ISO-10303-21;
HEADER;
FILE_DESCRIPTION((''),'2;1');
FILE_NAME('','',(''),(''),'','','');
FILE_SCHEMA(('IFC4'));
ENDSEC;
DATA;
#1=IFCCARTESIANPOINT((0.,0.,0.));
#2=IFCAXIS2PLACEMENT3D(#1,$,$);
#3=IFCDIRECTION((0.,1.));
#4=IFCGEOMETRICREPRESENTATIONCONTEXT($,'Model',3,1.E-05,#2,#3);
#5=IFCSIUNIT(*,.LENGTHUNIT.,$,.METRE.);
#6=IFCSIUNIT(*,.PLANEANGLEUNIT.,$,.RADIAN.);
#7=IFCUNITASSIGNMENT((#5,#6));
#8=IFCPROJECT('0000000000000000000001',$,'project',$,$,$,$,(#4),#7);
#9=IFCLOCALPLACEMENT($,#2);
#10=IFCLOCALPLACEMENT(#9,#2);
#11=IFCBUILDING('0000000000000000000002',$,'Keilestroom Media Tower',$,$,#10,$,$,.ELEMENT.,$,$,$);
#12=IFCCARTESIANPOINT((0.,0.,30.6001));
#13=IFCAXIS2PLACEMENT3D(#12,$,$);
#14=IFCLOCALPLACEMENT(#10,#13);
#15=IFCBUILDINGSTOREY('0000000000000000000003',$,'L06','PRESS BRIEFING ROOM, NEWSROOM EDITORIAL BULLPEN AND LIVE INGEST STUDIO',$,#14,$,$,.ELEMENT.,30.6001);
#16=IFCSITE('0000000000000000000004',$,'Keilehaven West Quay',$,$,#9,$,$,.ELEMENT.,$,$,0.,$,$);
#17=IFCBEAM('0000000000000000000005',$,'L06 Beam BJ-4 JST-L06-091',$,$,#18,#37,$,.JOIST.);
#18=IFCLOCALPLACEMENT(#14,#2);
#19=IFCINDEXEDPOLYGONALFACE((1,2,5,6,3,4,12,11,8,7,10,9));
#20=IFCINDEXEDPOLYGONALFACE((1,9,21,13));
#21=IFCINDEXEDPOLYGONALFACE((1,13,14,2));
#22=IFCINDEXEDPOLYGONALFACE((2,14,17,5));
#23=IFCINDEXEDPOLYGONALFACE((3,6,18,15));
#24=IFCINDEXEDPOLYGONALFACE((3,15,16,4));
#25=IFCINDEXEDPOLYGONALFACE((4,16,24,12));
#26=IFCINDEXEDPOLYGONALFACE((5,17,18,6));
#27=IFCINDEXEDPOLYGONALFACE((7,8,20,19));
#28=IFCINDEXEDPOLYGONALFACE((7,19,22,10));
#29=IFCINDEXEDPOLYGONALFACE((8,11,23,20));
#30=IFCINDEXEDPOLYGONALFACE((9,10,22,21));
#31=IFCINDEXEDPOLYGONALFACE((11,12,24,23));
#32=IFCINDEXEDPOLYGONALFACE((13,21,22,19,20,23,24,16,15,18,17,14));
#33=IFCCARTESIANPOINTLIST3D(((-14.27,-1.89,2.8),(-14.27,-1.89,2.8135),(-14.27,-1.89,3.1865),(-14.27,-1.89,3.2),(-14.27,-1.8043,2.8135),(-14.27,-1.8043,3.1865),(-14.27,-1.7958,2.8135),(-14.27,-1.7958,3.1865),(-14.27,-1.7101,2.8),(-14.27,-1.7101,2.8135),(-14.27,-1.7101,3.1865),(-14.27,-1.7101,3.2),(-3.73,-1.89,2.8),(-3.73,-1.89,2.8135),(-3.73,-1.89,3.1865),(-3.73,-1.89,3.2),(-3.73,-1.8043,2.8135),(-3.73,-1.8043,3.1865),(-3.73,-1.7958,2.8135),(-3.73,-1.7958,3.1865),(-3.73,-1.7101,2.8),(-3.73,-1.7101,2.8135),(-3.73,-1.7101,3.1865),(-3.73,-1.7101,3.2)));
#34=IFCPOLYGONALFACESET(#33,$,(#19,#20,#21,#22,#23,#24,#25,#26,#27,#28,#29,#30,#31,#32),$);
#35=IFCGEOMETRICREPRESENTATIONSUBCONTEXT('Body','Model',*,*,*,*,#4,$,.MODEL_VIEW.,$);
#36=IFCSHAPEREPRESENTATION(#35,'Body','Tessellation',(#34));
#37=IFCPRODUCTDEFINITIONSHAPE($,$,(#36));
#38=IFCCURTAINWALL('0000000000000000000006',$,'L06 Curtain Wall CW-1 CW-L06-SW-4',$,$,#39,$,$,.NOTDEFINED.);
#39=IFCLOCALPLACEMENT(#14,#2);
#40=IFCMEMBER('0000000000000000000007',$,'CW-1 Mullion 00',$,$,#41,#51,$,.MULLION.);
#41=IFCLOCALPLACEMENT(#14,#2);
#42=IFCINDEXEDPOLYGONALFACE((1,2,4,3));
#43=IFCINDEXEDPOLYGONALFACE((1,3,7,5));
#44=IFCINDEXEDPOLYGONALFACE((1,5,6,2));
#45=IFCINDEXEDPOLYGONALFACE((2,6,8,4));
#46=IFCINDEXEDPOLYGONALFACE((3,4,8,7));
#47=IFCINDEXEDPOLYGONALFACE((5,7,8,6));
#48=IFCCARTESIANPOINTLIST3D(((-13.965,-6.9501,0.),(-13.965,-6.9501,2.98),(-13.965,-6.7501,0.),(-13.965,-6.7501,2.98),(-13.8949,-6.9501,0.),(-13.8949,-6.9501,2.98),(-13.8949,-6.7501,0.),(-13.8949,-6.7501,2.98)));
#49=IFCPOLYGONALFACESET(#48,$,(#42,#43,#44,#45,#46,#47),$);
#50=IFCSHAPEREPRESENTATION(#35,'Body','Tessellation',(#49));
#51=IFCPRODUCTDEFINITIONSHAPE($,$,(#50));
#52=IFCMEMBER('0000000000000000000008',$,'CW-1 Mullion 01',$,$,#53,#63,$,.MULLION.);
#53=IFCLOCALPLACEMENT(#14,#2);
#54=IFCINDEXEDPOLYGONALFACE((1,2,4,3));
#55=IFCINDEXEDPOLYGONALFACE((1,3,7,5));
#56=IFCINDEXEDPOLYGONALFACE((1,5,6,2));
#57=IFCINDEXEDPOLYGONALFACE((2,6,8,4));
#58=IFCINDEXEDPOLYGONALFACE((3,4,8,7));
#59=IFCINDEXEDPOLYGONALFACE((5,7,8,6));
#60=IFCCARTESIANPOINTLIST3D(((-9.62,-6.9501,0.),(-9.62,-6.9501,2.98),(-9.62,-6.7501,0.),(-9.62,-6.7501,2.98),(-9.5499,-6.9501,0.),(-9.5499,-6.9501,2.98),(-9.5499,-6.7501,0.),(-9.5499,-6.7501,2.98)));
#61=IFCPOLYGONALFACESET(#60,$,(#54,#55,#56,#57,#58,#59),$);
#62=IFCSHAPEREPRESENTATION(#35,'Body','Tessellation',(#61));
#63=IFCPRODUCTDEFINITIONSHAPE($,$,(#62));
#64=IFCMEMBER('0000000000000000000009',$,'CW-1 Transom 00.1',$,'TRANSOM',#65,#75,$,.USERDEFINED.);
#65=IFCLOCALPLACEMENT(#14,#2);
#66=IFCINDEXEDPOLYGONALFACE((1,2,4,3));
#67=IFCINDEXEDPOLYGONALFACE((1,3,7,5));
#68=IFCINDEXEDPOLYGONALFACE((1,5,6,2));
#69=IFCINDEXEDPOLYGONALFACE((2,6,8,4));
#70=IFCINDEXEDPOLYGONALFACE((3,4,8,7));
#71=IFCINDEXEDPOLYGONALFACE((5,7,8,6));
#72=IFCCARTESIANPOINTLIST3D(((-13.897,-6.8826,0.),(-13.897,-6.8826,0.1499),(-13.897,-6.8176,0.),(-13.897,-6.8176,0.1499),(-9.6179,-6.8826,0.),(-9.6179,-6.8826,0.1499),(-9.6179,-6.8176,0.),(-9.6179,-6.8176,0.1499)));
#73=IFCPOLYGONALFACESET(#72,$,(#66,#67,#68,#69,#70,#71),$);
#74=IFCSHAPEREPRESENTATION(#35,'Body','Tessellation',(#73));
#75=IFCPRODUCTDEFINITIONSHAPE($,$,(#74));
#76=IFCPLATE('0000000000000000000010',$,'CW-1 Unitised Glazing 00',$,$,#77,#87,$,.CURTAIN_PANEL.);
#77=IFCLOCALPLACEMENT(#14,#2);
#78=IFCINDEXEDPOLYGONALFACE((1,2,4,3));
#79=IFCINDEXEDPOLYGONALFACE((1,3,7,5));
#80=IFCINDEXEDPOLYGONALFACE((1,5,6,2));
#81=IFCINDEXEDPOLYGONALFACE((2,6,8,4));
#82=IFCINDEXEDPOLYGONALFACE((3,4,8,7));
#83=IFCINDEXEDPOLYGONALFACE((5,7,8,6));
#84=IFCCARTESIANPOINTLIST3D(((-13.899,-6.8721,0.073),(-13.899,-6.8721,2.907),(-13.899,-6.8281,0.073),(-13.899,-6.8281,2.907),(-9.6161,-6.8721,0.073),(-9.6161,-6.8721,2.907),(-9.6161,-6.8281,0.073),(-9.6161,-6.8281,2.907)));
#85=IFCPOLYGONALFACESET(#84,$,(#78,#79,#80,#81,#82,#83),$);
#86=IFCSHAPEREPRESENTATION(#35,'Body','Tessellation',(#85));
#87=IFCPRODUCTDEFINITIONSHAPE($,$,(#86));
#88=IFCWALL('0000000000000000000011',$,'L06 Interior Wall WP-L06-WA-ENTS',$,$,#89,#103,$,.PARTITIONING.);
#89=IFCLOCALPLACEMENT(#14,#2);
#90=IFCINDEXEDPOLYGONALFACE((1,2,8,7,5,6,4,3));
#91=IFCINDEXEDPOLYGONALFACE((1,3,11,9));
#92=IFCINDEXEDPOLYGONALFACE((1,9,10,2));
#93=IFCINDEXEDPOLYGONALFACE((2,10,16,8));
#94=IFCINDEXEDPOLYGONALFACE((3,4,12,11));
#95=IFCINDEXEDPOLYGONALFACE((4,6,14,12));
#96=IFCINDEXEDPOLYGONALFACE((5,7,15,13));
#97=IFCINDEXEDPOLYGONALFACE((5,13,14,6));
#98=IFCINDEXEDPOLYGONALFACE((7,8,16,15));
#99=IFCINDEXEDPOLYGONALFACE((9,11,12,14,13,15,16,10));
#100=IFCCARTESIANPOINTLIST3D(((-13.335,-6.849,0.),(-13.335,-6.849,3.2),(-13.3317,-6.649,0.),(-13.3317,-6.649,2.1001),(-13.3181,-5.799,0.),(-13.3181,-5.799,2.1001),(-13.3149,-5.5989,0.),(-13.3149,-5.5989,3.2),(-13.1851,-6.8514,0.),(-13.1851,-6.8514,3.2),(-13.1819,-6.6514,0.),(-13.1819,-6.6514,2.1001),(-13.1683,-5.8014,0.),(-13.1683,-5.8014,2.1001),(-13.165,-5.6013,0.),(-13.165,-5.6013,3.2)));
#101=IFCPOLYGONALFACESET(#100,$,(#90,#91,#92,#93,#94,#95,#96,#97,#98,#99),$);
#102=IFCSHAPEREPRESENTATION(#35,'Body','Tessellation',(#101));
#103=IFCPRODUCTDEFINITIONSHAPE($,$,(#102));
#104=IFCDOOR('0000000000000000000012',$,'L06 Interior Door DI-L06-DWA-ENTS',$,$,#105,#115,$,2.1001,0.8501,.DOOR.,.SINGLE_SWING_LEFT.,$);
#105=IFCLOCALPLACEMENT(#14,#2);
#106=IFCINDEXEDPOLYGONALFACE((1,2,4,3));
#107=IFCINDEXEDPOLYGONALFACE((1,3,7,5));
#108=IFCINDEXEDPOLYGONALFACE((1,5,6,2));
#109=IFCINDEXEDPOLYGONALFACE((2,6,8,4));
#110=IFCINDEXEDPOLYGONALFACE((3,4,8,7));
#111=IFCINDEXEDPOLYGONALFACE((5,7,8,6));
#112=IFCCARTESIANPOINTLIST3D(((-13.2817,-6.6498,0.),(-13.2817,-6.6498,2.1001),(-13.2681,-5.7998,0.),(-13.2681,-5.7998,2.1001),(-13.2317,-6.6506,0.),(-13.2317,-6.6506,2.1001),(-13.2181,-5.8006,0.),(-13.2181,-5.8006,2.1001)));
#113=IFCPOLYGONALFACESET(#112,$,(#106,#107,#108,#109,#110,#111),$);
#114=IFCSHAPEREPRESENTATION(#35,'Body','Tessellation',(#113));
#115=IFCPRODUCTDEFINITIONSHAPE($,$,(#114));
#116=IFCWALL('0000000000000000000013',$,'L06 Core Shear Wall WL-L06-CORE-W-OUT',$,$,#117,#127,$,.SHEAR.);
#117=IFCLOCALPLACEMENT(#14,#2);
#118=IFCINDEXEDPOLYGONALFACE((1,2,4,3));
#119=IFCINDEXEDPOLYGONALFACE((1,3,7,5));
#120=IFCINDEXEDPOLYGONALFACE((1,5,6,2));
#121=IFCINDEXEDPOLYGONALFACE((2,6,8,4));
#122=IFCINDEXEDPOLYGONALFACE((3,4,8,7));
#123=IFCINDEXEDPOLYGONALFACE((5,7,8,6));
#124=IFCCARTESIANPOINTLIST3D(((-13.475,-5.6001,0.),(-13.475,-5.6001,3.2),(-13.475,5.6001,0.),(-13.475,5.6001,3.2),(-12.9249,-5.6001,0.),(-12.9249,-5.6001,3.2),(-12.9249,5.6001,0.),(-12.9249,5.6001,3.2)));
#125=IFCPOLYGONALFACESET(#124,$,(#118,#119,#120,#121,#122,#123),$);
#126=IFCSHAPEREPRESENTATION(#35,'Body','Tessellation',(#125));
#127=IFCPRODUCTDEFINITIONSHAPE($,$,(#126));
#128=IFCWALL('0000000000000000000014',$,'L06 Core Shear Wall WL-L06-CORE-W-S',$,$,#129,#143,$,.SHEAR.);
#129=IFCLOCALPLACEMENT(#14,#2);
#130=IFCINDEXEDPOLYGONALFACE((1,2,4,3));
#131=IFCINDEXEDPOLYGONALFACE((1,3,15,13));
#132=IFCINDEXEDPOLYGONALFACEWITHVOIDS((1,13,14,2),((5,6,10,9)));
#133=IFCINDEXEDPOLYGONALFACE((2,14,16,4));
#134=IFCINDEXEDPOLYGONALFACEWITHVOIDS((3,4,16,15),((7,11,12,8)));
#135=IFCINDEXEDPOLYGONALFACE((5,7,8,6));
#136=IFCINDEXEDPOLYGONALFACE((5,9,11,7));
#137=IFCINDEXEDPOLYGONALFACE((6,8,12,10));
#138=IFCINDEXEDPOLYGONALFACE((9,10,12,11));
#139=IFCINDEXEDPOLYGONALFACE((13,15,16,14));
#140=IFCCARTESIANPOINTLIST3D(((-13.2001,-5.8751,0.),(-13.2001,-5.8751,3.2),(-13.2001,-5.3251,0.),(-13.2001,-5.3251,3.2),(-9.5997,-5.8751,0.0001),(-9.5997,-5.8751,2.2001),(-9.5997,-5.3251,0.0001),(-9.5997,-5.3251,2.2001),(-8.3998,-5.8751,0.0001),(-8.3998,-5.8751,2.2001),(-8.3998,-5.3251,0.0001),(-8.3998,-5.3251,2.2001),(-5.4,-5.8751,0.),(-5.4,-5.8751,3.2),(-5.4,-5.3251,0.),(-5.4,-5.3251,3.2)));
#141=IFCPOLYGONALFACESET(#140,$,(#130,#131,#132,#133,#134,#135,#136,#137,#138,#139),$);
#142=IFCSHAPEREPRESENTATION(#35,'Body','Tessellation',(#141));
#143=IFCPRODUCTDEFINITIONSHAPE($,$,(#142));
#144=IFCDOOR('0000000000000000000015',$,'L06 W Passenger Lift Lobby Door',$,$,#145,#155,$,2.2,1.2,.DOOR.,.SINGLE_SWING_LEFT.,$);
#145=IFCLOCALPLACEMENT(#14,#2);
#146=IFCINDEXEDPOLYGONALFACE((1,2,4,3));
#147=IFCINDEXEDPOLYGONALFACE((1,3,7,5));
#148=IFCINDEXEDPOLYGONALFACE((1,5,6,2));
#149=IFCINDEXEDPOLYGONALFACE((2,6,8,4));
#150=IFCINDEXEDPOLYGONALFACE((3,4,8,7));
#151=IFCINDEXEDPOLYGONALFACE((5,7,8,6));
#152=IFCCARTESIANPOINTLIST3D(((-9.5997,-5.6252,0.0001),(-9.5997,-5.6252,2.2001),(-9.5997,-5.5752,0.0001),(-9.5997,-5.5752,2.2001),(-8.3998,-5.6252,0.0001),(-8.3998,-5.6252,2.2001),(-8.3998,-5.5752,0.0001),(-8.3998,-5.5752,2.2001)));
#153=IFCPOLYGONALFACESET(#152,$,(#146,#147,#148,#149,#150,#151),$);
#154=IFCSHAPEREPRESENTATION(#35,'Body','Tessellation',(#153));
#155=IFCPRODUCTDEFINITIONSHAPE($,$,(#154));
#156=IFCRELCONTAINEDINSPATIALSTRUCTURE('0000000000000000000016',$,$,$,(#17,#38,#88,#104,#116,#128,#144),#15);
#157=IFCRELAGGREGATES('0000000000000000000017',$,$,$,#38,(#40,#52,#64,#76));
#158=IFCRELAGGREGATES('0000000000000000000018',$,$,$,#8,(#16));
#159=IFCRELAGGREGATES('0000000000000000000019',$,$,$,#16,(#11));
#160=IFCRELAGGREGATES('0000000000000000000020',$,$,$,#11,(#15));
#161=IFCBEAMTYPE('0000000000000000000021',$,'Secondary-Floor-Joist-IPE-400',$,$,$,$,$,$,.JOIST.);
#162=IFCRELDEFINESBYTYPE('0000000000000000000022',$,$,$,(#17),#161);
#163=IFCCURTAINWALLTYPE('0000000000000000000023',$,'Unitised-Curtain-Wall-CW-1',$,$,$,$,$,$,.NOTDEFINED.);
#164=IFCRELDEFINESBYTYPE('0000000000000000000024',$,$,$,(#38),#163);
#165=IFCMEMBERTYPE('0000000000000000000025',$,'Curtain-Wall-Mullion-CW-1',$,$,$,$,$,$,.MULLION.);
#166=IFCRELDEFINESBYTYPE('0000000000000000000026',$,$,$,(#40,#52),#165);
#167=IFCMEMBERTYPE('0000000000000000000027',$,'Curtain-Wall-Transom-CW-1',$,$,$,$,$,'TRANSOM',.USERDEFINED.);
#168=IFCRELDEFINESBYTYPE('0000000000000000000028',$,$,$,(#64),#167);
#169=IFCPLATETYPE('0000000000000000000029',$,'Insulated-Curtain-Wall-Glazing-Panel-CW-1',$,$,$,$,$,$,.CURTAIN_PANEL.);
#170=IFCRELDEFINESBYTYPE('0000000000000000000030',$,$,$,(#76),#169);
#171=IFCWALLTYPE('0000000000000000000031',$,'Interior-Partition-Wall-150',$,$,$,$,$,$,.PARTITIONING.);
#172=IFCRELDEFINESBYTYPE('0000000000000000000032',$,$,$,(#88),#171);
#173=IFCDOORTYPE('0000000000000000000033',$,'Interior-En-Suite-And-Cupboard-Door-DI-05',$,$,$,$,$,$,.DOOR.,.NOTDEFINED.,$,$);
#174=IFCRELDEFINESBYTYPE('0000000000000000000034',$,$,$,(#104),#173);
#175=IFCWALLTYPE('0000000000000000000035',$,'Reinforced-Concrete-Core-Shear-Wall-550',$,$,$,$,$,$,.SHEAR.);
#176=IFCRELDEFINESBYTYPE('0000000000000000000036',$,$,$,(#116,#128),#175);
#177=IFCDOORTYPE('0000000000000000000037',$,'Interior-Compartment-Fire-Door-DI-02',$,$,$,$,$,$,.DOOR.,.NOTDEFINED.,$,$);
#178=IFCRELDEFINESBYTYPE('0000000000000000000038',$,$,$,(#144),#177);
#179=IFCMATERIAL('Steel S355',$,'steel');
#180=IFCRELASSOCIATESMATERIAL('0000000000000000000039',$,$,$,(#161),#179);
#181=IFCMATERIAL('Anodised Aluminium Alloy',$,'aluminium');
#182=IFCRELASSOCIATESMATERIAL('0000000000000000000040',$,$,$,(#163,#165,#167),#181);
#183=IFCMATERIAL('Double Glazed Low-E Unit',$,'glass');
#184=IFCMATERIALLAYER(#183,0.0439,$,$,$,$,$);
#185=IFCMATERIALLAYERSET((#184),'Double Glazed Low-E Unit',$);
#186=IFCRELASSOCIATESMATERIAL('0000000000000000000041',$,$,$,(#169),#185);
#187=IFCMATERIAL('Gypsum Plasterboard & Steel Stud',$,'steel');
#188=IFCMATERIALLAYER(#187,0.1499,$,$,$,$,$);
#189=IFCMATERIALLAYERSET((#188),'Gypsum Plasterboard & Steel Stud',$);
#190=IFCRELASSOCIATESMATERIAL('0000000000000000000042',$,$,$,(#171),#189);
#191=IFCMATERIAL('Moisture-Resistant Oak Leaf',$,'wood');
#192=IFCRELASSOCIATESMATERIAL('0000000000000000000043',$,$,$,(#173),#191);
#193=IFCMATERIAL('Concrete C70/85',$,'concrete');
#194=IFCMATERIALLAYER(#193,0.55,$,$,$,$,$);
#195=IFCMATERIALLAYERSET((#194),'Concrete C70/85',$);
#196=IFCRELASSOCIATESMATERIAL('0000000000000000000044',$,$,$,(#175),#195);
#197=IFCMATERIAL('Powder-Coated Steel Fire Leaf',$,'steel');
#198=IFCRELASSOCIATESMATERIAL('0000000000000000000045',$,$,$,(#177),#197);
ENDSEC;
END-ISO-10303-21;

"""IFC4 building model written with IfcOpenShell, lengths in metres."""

from ifc_helpers import new_model, si_unit, direction, frame, frame_2d, origin, origin_2d, place, context, subcontext, project, spatial, rectangle, i_section, extrude, source, transform, mapped, material, layer, layer_set, material_profile, profile_set, type_object, element, fill, aggregate, save


model = new_model("IFC4")

# Units and contexts
model_context = context("Model", 3, precision=1e-05, world=origin(), true_north=direction((0.0, 1.0)))
body_context = subcontext(model_context, "Body", "Model", "MODEL_VIEW")
ifc_project = project(units=[si_unit("LENGTHUNIT", "METRE"), si_unit("PLANEANGLEUNIT", "RADIAN")], contexts=[model_context])

# Site, building, storey
site_placement = place(None, origin())
site = spatial("IfcSite", under=ifc_project, at=site_placement, Name="Keilehaven West Quay", CompositionType="ELEMENT", RefElevation=0.0)
building_placement = place(site_placement, origin())
building = spatial("IfcBuilding", under=site, at=building_placement, Name="Keilestroom Media Tower", CompositionType="ELEMENT")
storey_placement = place(building_placement, frame((0.0, 0.0, 30.6001)))
storey = spatial("IfcBuildingStorey", under=building, at=storey_placement, Name="L06", Description="PRESS BRIEFING ROOM, NEWSROOM EDITORIAL BULLPEN AND LIVE INGEST STUDIO", CompositionType="ELEMENT", Elevation=30.6001)

# Beam
ifc_material_1 = material(Name="Steel S355", Category="steel")
ifc_material_profile_1 = material_profile(ifc_material_1, i_section(OverallWidth=0.1799, OverallDepth=0.3999, WebThickness=0.0085, FlangeThickness=0.0134, at=origin_2d()), Name="IPE 400")
ifc_profile_set_1 = profile_set([ifc_material_profile_1], Name="Steel S355")
beam_type = type_object("IfcBeamType", Name="Secondary-Floor-Joist-IPE-400", PredefinedType="JOIST", material=ifc_profile_set_1)
shared_shape_1 = source(origin(), body_context, "Body", "SweptSolid", [
    extrude(i_section(OverallWidth=0.1799, OverallDepth=0.3999, WebThickness=0.0085, FlangeThickness=0.0134, at=origin_2d()), origin(), (0.0, 0.0, 1.0), 10.54),
])
beam_placement = place(storey_placement, frame((-14.27, -1.8, 3.0), z_axis=(1.0, 0.0, 0.0), x_axis=(0.0, 1.0, 0.0)))
element("IfcBeam", 1, at=beam_placement, inside=storey, type_object=beam_type, Name="L06 Beam BJ-4 JST-L06-091", PredefinedType="JOIST", context=body_context, shape_type="MappedRepresentation", body=[
    mapped(shared_shape_1, transform((0.0, 0.0, 0.0), x_axis=(1.0, 0.0, 0.0), y_axis=(0.0, 1.0, 0.0), z_axis=(0.0, 0.0, 1.0), scale=1.0)),
])

# Curtain wall, members, plate
ifc_material_2 = material(Name="Anodised Aluminium Alloy", Category="aluminium")
curtain_wall_type = type_object("IfcCurtainWallType", Name="Unitised-Curtain-Wall-CW-1", PredefinedType="NOTDEFINED", material=ifc_material_2)
curtain_wall_placement = place(storey_placement, origin())
curtain_wall = element("IfcCurtainWall", 2, at=curtain_wall_placement, inside=storey, type_object=curtain_wall_type, Name="L06 Curtain Wall CW-1 CW-L06-SW-4", PredefinedType="NOTDEFINED")
ifc_material_profile_2 = material_profile(ifc_material_2, rectangle(XDim=0.0701, YDim=0.2, at=origin_2d()), Name="ALU MULLION 70x200")
ifc_profile_set_2 = profile_set([ifc_material_profile_2], Name="Anodised Aluminium Alloy")
member_type_1 = type_object("IfcMemberType", Name="Curtain-Wall-Mullion-CW-1", PredefinedType="MULLION", material=ifc_profile_set_2)
shared_shape_2 = source(origin(), body_context, "Body", "SweptSolid", [
    extrude(rectangle(XDim=0.0701, YDim=0.2, at=origin_2d()), origin(), (0.0, 0.0, 1.0), 2.98),
])
member_1_placement = place(storey_placement, frame((-13.9299, -6.8501, 0.0), z_axis=(0.0, 0.0, 1.0), x_axis=(1.0, 0.0, 0.0)))
member_1 = element("IfcMember", 3, at=member_1_placement, type_object=member_type_1, Name="CW-1 Mullion 00", PredefinedType="MULLION", context=body_context, shape_type="MappedRepresentation", body=[
    mapped(shared_shape_2, transform((0.0, 0.0, 0.0), x_axis=(1.0, 0.0, 0.0), y_axis=(0.0, 1.0, 0.0), z_axis=(0.0, 0.0, 1.0), scale=1.0)),
])
member_2_placement = place(storey_placement, frame((-9.585, -6.8501, 0.0), z_axis=(0.0, 0.0, 1.0), x_axis=(1.0, 0.0, 0.0)))
member_2 = element("IfcMember", 4, at=member_2_placement, type_object=member_type_1, Name="CW-1 Mullion 01", PredefinedType="MULLION", context=body_context, shape_type="MappedRepresentation", body=[
    mapped(shared_shape_2, transform((0.0, 0.0, 0.0), x_axis=(1.0, 0.0, 0.0), y_axis=(0.0, 1.0, 0.0), z_axis=(0.0, 0.0, 1.0), scale=1.0)),
])
ifc_material_profile_3 = material_profile(ifc_material_2, rectangle(XDim=0.0649, YDim=0.1499, at=origin_2d()), Name="ALU TRANSOM 65x150")
ifc_profile_set_3 = profile_set([ifc_material_profile_3], Name="Anodised Aluminium Alloy")
member_type_2 = type_object("IfcMemberType", Name="Curtain-Wall-Transom-CW-1", ElementType="TRANSOM", PredefinedType="USERDEFINED", material=ifc_profile_set_3)
shared_shape_3 = source(origin(), body_context, "Body", "SweptSolid", [
    extrude(rectangle(XDim=0.0649, YDim=0.1499, at=origin_2d()), origin(), (0.0, 0.0, 1.0), 4.2791),
])
member_3_placement = place(storey_placement, frame((-13.897, -6.8501, 0.075), z_axis=(1.0, 0.0, 0.0), x_axis=(0.0, 1.0, 0.0)))
member_3 = element("IfcMember", 5, at=member_3_placement, type_object=member_type_2, Name="CW-1 Transom 00.1", ObjectType="TRANSOM", PredefinedType="USERDEFINED", context=body_context, shape_type="MappedRepresentation", body=[
    mapped(shared_shape_3, transform((0.0, 0.0, 0.0), x_axis=(1.0, 0.0, 0.0), y_axis=(0.0, 1.0, 0.0), z_axis=(0.0, 0.0, 1.0), scale=1.0)),
])
ifc_material_3 = material(Name="Double Glazed Low-E Unit", Category="glass")
ifc_layer_1 = layer(ifc_material_3, 0.0439)
ifc_layer_set_1 = layer_set([ifc_layer_1], Name="Double Glazed Low-E Unit")
plate_type = type_object("IfcPlateType", Name="Insulated-Curtain-Wall-Glazing-Panel-CW-1", PredefinedType="CURTAIN_PANEL", material=ifc_layer_set_1)
shared_shape_4 = source(origin(), body_context, "Body", "SweptSolid", [
    extrude(rectangle(XDim=4.283, YDim=0.0439, at=origin_2d()), origin(), (0.0, 0.0, 1.0), 2.834),
])
plate_placement = place(storey_placement, frame((-11.7576, -6.8501, 0.073), z_axis=(0.0, 0.0, 1.0), x_axis=(1.0, 0.0, 0.0)))
plate = element("IfcPlate", 6, at=plate_placement, type_object=plate_type, Name="CW-1 Unitised Glazing 00", PredefinedType="CURTAIN_PANEL", context=body_context, shape_type="MappedRepresentation", body=[
    mapped(shared_shape_4, transform((0.0, 0.0, 0.0), x_axis=(1.0, 0.0, 0.0), y_axis=(0.0, 1.0, 0.0), z_axis=(0.0, 0.0, 1.0), scale=1.0)),
])
aggregate(curtain_wall, [member_1, member_2, member_3, plate])

# Wall, opening, door
ifc_material_4 = material(Name="Gypsum Plasterboard & Steel Stud", Category="steel")
ifc_layer_2 = layer(ifc_material_4, 0.1499)
ifc_layer_set_2 = layer_set([ifc_layer_2], Name="Gypsum Plasterboard & Steel Stud")
wall_type_1 = type_object("IfcWallType", Name="Interior-Partition-Wall-150", PredefinedType="PARTITIONING", material=ifc_layer_set_2)
wall_1_placement = place(storey_placement, frame((-13.26, -6.8501, 0.0), z_axis=(0.0, 0.0, 1.0), x_axis=(0.016014, 0.999872, 0.0)))
wall_1 = element("IfcWall", 7, at=wall_1_placement, inside=storey, type_object=wall_type_1, Name="L06 Interior Wall WP-L06-WA-ENTS", PredefinedType="PARTITIONING", context=body_context, shape_type="SweptSolid", body=[
    extrude(rectangle(XDim=1.2502, YDim=0.1499, at=frame_2d((0.625, 0.0))), origin(), (0.0, 0.0, 1.0), 3.2),
])
opening_1_placement = place(wall_1_placement, frame((0.2, 0.0, 0.0)))
opening_1 = element("IfcOpeningElement", 8, at=opening_1_placement, cuts=wall_1, PredefinedType="OPENING", context=body_context, shape_type="SweptSolid", body=[
    extrude(rectangle(XDim=0.8501, YDim=2.1001, at=frame_2d((0.425, 1.05))), frame((0.0, 0.085, 0.0), z_axis=(0.0, -1.0, 0.0), x_axis=(1.0, 0.0, 0.0)), (0.0, 0.0, 1.0), 0.1699),
])
ifc_material_5 = material(Name="Moisture-Resistant Oak Leaf", Category="wood")
door_type_1 = type_object("IfcDoorType", Name="Interior-En-Suite-And-Cupboard-Door-DI-05", OperationType="NOTDEFINED", PredefinedType="DOOR", material=ifc_material_5)
shared_shape_5 = source(origin(), body_context, "Body", "SweptSolid", [
    extrude(rectangle(XDim=0.8501, YDim=2.1001, at=frame_2d((0.425, 1.05))), frame((0.0, 0.0249, 0.0), z_axis=(0.0, -1.0, 0.0), x_axis=(1.0, 0.0, 0.0)), (0.0, 0.0, 1.0), 0.05),
])
door_1_placement = place(opening_1_placement, origin())
door_1 = element("IfcDoor", 9, at=door_1_placement, inside=storey, type_object=door_type_1, Name="L06 Interior Door DI-L06-DWA-ENTS", OperationType="SINGLE_SWING_LEFT", OverallHeight=2.1001, OverallWidth=0.8501, PredefinedType="DOOR", context=body_context, shape_type="MappedRepresentation", body=[
    mapped(shared_shape_5, transform((0.0, 0.0, 0.0), x_axis=(1.0, 0.0, 0.0), y_axis=(0.0, 1.0, 0.0), z_axis=(0.0, 0.0, 1.0), scale=1.0)),
])
fill(opening_1, door_1)

# Wall
ifc_material_6 = material(Name="Concrete C70/85", Category="concrete")
ifc_layer_3 = layer(ifc_material_6, 0.55)
ifc_layer_set_3 = layer_set([ifc_layer_3], Name="Concrete C70/85")
wall_type_2 = type_object("IfcWallType", Name="Reinforced-Concrete-Core-Shear-Wall-550", PredefinedType="SHEAR", material=ifc_layer_set_3)
wall_2_placement = place(storey_placement, frame((-13.2, -5.6001, 0.0), z_axis=(0.0, 0.0, 1.0), x_axis=(0.0, 1.0, 0.0)))
element("IfcWall", 10, at=wall_2_placement, inside=storey, type_object=wall_type_2, Name="L06 Core Shear Wall WL-L06-CORE-W-OUT", PredefinedType="SHEAR", context=body_context, shape_type="SweptSolid", body=[
    extrude(rectangle(XDim=11.2002, YDim=0.55, at=frame_2d((5.6001, 0.0))), origin(), (0.0, 0.0, 1.0), 3.2),
])

# Wall, opening, door
wall_3_placement = place(storey_placement, frame((-13.2, -5.6001, 0.0), z_axis=(0.0, 0.0, 1.0), x_axis=(1.0, 0.0, 0.0)))
wall_3 = element("IfcWall", 11, at=wall_3_placement, inside=storey, type_object=wall_type_2, Name="L06 Core Shear Wall WL-L06-CORE-W-S", PredefinedType="SHEAR", context=body_context, shape_type="SweptSolid", body=[
    extrude(rectangle(XDim=7.8, YDim=0.55, at=frame_2d((3.8999, 0.0))), origin(), (0.0, 0.0, 1.0), 3.2),
])
opening_2_placement = place(wall_3_placement, frame((3.6001, 0.0, 0.0)))
opening_2 = element("IfcOpeningElement", 12, at=opening_2_placement, cuts=wall_3, PredefinedType="OPENING", context=body_context, shape_type="SweptSolid", body=[
    extrude(rectangle(XDim=1.2, YDim=2.2, at=frame_2d((0.6001, 1.1001))), frame((0.0, 0.2852, 0.0), z_axis=(0.0, -1.0, 0.0), x_axis=(1.0, 0.0, 0.0)), (0.0, 0.0, 1.0), 0.5701),
])
ifc_material_7 = material(Name="Powder-Coated Steel Fire Leaf", Category="steel")
door_type_2 = type_object("IfcDoorType", Name="Interior-Compartment-Fire-Door-DI-02", OperationType="NOTDEFINED", PredefinedType="DOOR", material=ifc_material_7)
shared_shape_6 = source(origin(), body_context, "Body", "SweptSolid", [
    extrude(rectangle(XDim=1.2, YDim=2.2, at=frame_2d((0.6001, 1.1001))), frame((0.0, 0.0249, 0.0), z_axis=(0.0, -1.0, 0.0), x_axis=(1.0, 0.0, 0.0)), (0.0, 0.0, 1.0), 0.05),
])
door_2_placement = place(opening_2_placement, origin())
door_2 = element("IfcDoor", 13, at=door_2_placement, inside=storey, type_object=door_type_2, Name="L06 W Passenger Lift Lobby Door", OperationType="SINGLE_SWING_LEFT", OverallHeight=2.2, OverallWidth=1.2, PredefinedType="DOOR", context=body_context, shape_type="MappedRepresentation", body=[
    mapped(shared_shape_6, transform((0.0, 0.0, 0.0), x_axis=(1.0, 0.0, 0.0), y_axis=(0.0, 1.0, 0.0), z_axis=(0.0, 0.0, 1.0), scale=1.0)),
])
fill(opening_2, door_2)

save(model, "model.ifc")
